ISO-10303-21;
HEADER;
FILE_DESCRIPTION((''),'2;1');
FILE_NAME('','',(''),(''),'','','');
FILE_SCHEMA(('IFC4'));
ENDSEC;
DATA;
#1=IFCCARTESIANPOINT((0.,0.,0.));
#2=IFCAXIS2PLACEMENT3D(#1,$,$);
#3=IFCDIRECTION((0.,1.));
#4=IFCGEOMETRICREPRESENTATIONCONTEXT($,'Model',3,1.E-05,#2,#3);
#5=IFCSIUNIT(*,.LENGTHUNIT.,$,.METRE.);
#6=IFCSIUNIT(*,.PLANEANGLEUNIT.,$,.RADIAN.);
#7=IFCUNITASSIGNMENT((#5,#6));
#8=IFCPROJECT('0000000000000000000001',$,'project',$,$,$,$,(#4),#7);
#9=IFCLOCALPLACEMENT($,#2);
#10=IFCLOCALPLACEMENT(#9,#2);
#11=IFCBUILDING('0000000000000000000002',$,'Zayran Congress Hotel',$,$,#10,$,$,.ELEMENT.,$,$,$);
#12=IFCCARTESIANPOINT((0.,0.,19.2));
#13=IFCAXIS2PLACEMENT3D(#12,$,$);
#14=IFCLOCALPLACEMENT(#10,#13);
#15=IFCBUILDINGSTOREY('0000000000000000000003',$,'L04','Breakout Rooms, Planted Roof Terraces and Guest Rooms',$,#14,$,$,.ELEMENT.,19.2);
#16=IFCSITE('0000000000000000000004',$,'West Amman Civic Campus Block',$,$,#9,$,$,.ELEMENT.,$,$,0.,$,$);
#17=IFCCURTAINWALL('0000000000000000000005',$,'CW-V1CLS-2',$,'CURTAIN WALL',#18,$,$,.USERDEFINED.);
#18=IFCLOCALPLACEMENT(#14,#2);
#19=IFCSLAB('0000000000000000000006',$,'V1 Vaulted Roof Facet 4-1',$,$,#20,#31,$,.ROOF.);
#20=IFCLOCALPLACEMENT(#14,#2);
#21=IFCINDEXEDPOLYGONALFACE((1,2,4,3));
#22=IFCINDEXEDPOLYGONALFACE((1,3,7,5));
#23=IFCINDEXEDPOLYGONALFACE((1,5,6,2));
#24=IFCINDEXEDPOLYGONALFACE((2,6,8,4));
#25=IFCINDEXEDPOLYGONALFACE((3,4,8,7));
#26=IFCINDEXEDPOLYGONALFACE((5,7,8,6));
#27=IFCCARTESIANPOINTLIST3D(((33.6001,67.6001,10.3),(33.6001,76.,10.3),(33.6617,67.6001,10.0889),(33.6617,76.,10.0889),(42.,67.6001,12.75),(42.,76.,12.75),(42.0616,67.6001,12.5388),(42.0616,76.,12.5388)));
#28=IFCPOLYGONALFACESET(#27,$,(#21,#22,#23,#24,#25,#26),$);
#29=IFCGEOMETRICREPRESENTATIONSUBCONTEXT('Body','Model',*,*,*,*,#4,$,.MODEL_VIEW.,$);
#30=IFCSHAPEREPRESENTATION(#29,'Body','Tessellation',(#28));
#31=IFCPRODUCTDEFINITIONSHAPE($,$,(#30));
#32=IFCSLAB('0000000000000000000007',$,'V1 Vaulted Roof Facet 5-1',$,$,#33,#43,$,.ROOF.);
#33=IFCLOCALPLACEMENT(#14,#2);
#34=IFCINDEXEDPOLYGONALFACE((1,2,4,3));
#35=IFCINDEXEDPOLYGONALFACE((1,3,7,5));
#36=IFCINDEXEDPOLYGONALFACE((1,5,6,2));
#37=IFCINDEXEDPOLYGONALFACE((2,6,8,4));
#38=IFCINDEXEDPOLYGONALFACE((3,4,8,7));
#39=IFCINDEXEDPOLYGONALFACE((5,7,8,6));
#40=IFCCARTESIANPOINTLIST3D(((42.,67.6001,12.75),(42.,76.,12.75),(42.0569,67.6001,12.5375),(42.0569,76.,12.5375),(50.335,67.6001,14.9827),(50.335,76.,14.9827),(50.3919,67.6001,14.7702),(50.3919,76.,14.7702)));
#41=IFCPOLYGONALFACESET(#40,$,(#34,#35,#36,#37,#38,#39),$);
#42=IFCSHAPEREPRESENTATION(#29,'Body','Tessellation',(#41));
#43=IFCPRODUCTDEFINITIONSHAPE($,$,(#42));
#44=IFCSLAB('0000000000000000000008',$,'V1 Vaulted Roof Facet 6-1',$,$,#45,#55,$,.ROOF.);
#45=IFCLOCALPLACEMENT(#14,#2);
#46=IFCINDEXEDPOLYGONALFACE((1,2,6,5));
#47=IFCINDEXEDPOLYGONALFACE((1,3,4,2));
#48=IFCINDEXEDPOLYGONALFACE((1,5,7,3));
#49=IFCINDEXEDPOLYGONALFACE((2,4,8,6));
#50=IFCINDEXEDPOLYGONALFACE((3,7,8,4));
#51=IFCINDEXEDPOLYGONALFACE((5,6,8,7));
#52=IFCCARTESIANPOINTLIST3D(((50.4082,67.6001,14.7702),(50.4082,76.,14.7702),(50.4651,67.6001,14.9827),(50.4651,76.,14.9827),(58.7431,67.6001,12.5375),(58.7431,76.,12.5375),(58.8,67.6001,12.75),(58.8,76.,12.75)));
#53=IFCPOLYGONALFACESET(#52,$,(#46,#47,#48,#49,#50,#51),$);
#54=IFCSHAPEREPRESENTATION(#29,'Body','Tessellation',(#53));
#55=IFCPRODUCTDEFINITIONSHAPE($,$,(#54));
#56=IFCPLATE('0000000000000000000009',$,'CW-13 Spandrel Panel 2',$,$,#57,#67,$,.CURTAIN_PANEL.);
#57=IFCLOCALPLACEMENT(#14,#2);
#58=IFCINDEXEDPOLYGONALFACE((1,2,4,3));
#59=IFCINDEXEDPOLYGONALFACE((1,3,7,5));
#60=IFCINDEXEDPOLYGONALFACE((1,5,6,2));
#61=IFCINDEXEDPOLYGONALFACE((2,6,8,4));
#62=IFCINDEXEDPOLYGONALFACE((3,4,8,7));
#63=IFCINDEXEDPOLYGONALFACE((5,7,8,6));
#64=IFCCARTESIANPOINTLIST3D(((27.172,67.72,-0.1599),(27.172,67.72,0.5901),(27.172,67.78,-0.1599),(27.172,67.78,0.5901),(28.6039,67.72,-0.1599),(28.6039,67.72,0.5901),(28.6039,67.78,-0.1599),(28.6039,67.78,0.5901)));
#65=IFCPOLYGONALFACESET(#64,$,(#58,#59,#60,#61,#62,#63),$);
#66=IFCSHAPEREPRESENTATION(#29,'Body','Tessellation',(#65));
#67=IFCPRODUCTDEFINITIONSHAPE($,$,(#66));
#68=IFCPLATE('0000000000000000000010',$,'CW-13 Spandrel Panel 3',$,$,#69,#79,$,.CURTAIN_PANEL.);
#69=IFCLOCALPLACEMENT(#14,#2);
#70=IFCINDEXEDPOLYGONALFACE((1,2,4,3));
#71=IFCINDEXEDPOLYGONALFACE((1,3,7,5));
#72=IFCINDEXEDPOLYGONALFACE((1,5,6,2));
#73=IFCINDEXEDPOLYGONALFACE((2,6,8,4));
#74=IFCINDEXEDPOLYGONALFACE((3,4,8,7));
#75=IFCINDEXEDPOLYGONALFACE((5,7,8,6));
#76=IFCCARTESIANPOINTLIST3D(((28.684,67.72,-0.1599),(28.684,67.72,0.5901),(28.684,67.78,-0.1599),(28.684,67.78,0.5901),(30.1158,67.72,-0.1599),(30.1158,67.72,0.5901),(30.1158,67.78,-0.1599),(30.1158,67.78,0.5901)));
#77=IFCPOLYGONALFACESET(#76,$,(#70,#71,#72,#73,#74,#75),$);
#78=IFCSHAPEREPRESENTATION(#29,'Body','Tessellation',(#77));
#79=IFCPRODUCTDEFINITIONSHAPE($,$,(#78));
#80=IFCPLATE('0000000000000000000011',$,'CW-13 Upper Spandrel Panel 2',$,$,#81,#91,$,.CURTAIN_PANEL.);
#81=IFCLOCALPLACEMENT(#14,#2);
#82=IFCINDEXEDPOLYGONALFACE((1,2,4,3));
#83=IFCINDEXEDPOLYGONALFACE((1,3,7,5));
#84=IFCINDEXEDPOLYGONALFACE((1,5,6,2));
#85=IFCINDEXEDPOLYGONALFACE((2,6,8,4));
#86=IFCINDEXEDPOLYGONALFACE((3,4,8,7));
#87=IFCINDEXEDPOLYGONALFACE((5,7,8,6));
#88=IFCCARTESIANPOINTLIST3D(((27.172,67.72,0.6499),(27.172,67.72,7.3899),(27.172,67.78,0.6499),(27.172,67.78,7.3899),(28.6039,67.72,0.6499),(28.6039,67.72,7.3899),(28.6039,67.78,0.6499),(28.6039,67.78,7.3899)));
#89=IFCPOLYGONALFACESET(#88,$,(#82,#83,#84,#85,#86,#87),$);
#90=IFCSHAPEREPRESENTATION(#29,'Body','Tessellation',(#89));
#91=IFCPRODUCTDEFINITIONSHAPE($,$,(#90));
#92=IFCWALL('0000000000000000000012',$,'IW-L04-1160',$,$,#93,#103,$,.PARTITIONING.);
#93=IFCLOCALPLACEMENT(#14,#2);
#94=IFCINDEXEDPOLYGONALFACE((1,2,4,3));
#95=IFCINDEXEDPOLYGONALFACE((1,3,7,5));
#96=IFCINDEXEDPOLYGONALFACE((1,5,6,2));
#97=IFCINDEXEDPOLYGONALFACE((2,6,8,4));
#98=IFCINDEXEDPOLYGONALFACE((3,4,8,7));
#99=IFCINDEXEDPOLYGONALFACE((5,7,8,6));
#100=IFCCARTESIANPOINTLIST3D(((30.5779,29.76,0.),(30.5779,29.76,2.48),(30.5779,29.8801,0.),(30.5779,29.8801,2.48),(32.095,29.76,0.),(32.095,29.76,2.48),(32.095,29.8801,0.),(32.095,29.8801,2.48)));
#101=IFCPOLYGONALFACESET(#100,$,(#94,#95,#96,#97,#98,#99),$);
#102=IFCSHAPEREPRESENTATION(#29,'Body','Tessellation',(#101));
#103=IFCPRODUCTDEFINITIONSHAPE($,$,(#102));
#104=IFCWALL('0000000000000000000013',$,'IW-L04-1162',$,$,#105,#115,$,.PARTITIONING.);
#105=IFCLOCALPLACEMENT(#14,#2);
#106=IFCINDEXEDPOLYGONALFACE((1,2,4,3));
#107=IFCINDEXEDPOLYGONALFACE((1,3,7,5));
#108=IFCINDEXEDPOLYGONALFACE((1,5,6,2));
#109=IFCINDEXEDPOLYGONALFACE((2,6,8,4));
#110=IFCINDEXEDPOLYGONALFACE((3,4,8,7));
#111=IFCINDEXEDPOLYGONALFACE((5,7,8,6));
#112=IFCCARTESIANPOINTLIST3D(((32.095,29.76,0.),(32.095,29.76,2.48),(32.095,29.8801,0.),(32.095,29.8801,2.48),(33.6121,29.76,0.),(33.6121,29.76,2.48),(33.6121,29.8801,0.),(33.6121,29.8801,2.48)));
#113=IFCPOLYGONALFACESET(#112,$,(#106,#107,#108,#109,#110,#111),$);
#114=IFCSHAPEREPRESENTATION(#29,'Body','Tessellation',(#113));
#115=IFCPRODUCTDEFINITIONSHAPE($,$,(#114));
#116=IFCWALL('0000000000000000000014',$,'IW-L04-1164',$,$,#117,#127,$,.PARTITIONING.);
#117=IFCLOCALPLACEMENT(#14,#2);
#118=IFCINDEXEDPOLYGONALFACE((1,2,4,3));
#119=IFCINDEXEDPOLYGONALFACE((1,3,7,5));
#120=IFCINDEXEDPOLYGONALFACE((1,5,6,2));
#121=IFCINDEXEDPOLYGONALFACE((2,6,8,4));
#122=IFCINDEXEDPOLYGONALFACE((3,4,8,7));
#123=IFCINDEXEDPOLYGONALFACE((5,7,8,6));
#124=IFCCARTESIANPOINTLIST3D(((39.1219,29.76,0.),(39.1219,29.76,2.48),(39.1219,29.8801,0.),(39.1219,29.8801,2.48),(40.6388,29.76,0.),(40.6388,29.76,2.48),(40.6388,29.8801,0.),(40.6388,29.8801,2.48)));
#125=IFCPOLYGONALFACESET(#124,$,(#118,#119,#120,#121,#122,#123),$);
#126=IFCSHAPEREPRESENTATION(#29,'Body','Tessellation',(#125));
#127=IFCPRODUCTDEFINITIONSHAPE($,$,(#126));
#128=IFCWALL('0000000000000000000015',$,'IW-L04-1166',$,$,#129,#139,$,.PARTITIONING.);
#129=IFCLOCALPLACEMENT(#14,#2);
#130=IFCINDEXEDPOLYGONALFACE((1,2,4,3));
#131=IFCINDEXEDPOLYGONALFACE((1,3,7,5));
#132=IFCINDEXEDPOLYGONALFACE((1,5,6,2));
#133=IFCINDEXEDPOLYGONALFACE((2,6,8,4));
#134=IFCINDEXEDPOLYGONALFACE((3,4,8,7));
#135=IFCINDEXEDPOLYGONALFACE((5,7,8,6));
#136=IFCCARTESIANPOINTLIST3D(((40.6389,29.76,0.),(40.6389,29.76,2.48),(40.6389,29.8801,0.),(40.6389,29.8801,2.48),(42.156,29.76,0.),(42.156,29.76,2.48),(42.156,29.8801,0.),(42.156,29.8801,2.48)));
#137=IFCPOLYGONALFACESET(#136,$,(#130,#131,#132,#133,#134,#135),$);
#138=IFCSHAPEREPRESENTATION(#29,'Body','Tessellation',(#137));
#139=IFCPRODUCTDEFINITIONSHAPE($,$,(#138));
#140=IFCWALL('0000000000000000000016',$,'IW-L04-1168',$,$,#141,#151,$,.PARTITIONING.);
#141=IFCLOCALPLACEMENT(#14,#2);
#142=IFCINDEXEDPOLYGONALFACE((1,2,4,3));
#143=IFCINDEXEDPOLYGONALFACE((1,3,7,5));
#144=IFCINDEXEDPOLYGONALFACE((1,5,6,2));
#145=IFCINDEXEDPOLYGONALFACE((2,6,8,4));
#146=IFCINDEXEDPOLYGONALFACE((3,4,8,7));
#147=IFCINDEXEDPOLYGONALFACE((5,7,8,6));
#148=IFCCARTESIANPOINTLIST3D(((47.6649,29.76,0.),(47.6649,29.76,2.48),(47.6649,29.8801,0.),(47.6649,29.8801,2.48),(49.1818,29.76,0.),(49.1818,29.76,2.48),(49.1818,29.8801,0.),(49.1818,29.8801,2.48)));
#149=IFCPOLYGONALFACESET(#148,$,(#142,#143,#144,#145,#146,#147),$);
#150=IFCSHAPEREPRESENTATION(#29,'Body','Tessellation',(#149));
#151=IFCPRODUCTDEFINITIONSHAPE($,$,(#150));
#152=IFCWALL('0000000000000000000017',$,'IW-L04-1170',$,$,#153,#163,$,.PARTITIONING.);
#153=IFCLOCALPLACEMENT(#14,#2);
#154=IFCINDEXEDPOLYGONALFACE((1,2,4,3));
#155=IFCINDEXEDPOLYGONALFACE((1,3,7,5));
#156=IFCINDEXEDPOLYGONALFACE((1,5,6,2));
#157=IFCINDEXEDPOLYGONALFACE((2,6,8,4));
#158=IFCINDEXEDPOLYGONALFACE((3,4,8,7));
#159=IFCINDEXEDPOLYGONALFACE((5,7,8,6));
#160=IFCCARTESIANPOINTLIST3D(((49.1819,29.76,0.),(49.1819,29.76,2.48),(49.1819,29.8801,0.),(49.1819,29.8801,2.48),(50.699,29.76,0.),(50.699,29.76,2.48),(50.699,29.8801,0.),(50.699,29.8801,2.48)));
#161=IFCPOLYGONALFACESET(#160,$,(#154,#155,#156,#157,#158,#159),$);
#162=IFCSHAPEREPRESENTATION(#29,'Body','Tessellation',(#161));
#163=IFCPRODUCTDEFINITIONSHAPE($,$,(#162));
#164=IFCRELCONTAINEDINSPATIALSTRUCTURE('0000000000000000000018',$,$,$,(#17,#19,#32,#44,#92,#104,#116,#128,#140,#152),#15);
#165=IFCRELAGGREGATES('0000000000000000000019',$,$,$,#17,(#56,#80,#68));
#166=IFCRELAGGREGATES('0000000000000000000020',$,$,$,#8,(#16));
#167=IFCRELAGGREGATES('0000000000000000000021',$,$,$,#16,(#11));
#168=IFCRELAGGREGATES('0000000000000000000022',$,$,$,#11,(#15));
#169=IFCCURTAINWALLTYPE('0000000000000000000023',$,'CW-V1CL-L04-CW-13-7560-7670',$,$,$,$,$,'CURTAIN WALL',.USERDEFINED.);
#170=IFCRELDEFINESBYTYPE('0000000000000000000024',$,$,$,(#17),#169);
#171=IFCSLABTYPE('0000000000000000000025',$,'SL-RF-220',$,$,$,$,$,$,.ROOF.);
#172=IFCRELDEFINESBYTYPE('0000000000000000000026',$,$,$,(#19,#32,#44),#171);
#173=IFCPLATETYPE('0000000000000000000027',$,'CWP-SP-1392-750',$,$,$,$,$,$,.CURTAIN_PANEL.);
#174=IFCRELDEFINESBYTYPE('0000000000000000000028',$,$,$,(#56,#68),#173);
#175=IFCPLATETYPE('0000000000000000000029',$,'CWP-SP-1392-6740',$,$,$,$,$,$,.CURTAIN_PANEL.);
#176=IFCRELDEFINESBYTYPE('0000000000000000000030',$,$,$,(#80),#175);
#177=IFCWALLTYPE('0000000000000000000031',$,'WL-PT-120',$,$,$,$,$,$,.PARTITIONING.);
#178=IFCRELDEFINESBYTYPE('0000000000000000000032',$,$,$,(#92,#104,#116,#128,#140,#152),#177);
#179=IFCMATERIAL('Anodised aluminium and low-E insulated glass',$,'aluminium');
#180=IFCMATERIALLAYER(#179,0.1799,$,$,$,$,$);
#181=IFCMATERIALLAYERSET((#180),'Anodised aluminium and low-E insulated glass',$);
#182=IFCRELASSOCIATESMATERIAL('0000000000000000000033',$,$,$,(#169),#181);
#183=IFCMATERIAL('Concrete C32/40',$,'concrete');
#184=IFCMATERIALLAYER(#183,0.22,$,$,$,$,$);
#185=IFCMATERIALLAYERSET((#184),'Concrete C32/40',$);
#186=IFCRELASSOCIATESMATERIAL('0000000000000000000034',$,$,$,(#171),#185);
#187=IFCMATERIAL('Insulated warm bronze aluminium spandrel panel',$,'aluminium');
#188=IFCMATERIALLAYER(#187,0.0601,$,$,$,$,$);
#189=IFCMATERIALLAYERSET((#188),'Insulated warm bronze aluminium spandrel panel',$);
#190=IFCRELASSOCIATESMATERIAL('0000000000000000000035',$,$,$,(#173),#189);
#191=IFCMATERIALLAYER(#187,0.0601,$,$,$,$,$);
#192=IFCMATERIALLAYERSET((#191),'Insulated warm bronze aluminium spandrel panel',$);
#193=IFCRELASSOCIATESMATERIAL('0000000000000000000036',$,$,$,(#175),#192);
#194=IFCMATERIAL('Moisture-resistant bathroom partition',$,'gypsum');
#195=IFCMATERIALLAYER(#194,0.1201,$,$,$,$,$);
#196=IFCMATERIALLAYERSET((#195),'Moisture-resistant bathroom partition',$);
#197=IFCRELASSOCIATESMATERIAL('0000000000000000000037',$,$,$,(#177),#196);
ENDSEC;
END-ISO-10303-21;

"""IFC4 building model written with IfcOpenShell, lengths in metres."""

from ifc_helpers import new_model, si_unit, direction, frame, frame_2d, origin, origin_2d, place, context, subcontext, project, spatial, polyline, rectangle, outline, extrude, material, layer, layer_set, type_object, element, aggregate, save


model = new_model("IFC4")

# Units and contexts
model_context = context("Model", 3, precision=1e-05, world=origin(), true_north=direction((0.0, 1.0)))
body_context = subcontext(model_context, "Body", "Model", "MODEL_VIEW")
ifc_project = project(units=[si_unit("LENGTHUNIT", "METRE"), si_unit("PLANEANGLEUNIT", "RADIAN")], contexts=[model_context])

# Site, building, storey
site_placement = place(None, origin())
site = spatial("IfcSite", under=ifc_project, at=site_placement, Name="West Amman Civic Campus Block", CompositionType="ELEMENT", RefElevation=0.0)
building_placement = place(site_placement, origin())
building = spatial("IfcBuilding", under=site, at=building_placement, Name="Zayran Congress Hotel", CompositionType="ELEMENT")
storey_placement = place(building_placement, frame((0.0, 0.0, 19.2)))
storey = spatial("IfcBuildingStorey", under=building, at=storey_placement, Name="L04", Description="Breakout Rooms, Planted Roof Terraces and Guest Rooms", CompositionType="ELEMENT", Elevation=19.2)

# Curtain wall
ifc_material_1 = material(Name="Anodised aluminium and low-E insulated glass", Category="aluminium")
ifc_layer_1 = layer(ifc_material_1, 0.1799)
ifc_layer_set_1 = layer_set([ifc_layer_1], Name="Anodised aluminium and low-E insulated glass")
curtain_wall_type = type_object("IfcCurtainWallType", Name="CW-V1CL-L04-CW-13-7560-7670", ElementType="CURTAIN WALL", PredefinedType="USERDEFINED", material=ifc_layer_set_1)
curtain_wall_placement = place(storey_placement, origin())
curtain_wall = element("IfcCurtainWall", 1, at=curtain_wall_placement, inside=storey, type_object=curtain_wall_type, Name="CW-V1CLS-2", ObjectType="CURTAIN WALL", PredefinedType="USERDEFINED")

# Slabs
ifc_material_2 = material(Name="Concrete C32/40", Category="concrete")
ifc_layer_2 = layer(ifc_material_2, 0.22)
ifc_layer_set_2 = layer_set([ifc_layer_2], Name="Concrete C32/40")
slab_type = type_object("IfcSlabType", Name="SL-RF-220", PredefinedType="ROOF", material=ifc_layer_set_2)
slab_placement = place(storey_placement, frame((33.6001, 67.6001, 10.3), z_axis=(-0.279998, 0.0, 0.960001), x_axis=(0.960001, 0.0, 0.279998)))
element("IfcSlab", 2, at=slab_placement, inside=storey, type_object=slab_type, Name="V1 Vaulted Roof Facet 4-1", PredefinedType="ROOF", context=body_context, shape_type="SweptSolid", body=[
    extrude(outline(polyline([(0.0, 0.0), (8.7499, 0.0), (8.7499, 8.3999), (0.0, 8.3999), (0.0, 0.0)])), origin(), (0.0, 0.0, -1.0), 0.22),
])
for number, where, z_axis, x_axis, name in (
    (3, (42.0, 67.6001, 12.75), (-0.258746, 0.0, 0.965946), (0.965946, 0.0, 0.258746), "V1 Vaulted Roof Facet 5-1"),
    (4, (50.4651, 67.6001, 14.9827), (0.258746, 0.0, 0.965946), (0.965946, 0.0, -0.258746), "V1 Vaulted Roof Facet 6-1"),
):
    element("IfcSlab", number, at=place(storey_placement, frame(where, z_axis=z_axis, x_axis=x_axis)), inside=storey, type_object=slab_type, Name=name, PredefinedType="ROOF", context=body_context, shape_type="SweptSolid", body=[
        extrude(outline(polyline([(0.0, 0.0), (8.6288, 0.0), (8.6288, 8.3999), (0.0, 8.3999), (0.0, 0.0)])), origin(), (0.0, 0.0, -1.0), 0.22),
    ])

# Plates
ifc_material_3 = material(Name="Insulated warm bronze aluminium spandrel panel", Category="aluminium")
ifc_layer_3 = layer(ifc_material_3, 0.0601)
ifc_layer_set_3 = layer_set([ifc_layer_3], Name="Insulated warm bronze aluminium spandrel panel")
plate_type_1 = type_object("IfcPlateType", Name="CWP-SP-1392-750", PredefinedType="CURTAIN_PANEL", material=ifc_layer_set_3)
plate_1_placement = place(storey_placement, frame((27.8879, 67.75, -0.1599), z_axis=(0.0, 0.0, 1.0), x_axis=(1.0, 0.0, 0.0)))
plate_1 = element("IfcPlate", 5, at=plate_1_placement, type_object=plate_type_1, Name="CW-13 Spandrel Panel 2", PredefinedType="CURTAIN_PANEL", context=body_context, shape_type="SweptSolid", body=[
    extrude(rectangle(XDim=1.4319, YDim=0.0601, at=origin_2d()), origin(), (0.0, 0.0, 1.0), 0.75),
])
plate_2_placement = place(storey_placement, frame((29.3999, 67.75, -0.1599), z_axis=(0.0, 0.0, 1.0), x_axis=(1.0, 0.0, 0.0)))
plate_2 = element("IfcPlate", 6, at=plate_2_placement, type_object=plate_type_1, Name="CW-13 Spandrel Panel 3", PredefinedType="CURTAIN_PANEL", context=body_context, shape_type="SweptSolid", body=[
    extrude(rectangle(XDim=1.4319, YDim=0.0601, at=origin_2d()), origin(), (0.0, 0.0, 1.0), 0.75),
])
ifc_layer_4 = layer(ifc_material_3, 0.0601)
ifc_layer_set_4 = layer_set([ifc_layer_4], Name="Insulated warm bronze aluminium spandrel panel")
plate_type_2 = type_object("IfcPlateType", Name="CWP-SP-1392-6740", PredefinedType="CURTAIN_PANEL", material=ifc_layer_set_4)
plate_3_placement = place(storey_placement, frame((27.8879, 67.75, 0.6499), z_axis=(0.0, 0.0, 1.0), x_axis=(1.0, 0.0, 0.0)))
plate_3 = element("IfcPlate", 7, at=plate_3_placement, type_object=plate_type_2, Name="CW-13 Upper Spandrel Panel 2", PredefinedType="CURTAIN_PANEL", context=body_context, shape_type="SweptSolid", body=[
    extrude(rectangle(XDim=1.4319, YDim=0.0601, at=origin_2d()), origin(), (0.0, 0.0, 1.0), 6.74),
])
aggregate(curtain_wall, [plate_1, plate_3, plate_2])

# Walls
ifc_material_4 = material(Name="Moisture-resistant bathroom partition", Category="gypsum")
ifc_layer_5 = layer(ifc_material_4, 0.1201)
ifc_layer_set_5 = layer_set([ifc_layer_5], Name="Moisture-resistant bathroom partition")
wall_type = type_object("IfcWallType", Name="WL-PT-120", PredefinedType="PARTITIONING", material=ifc_layer_set_5)
for number, where, z_axis, x_axis, name in (
    (8, (30.5779, 29.8201, 0.0), (0.0, 0.0, 1.0), (1.0, 0.0, 0.0), "IW-L04-1160"),
    (9, (32.095, 29.8201, 0.0), (0.0, 0.0, 1.0), (1.0, 0.0, 0.0), "IW-L04-1162"),
):
    element("IfcWall", number, at=place(storey_placement, frame(where, z_axis=z_axis, x_axis=x_axis)), inside=storey, type_object=wall_type, Name=name, PredefinedType="PARTITIONING", context=body_context, shape_type="SweptSolid", body=[
        extrude(rectangle(XDim=1.5171, YDim=0.1201, at=frame_2d((0.7585, 0.0))), origin(), (0.0, 0.0, 1.0), 2.48),
    ])
wall_1_placement = place(storey_placement, frame((39.1221, 29.8201, 0.0), z_axis=(0.0, 0.0, 1.0), x_axis=(1.0, 0.0, 0.0)))
element("IfcWall", 10, at=wall_1_placement, inside=storey, type_object=wall_type, Name="IW-L04-1164", PredefinedType="PARTITIONING", context=body_context, shape_type="SweptSolid", body=[
    extrude(rectangle(XDim=1.5168, YDim=0.1201, at=frame_2d((0.7583, 0.0))), origin(), (0.0, 0.0, 1.0), 2.48),
])
wall_2_placement = place(storey_placement, frame((40.6389, 29.8201, 0.0), z_axis=(0.0, 0.0, 1.0), x_axis=(1.0, 0.0, 0.0)))
element("IfcWall", 11, at=wall_2_placement, inside=storey, type_object=wall_type, Name="IW-L04-1166", PredefinedType="PARTITIONING", context=body_context, shape_type="SweptSolid", body=[
    extrude(rectangle(XDim=1.5171, YDim=0.1201, at=frame_2d((0.7585, 0.0))), origin(), (0.0, 0.0, 1.0), 2.48),
])
wall_3_placement = place(storey_placement, frame((47.665, 29.8201, 0.0), z_axis=(0.0, 0.0, 1.0), x_axis=(1.0, 0.0, 0.0)))
element("IfcWall", 12, at=wall_3_placement, inside=storey, type_object=wall_type, Name="IW-L04-1168", PredefinedType="PARTITIONING", context=body_context, shape_type="SweptSolid", body=[
    extrude(rectangle(XDim=1.5168, YDim=0.1201, at=frame_2d((0.7583, 0.0))), origin(), (0.0, 0.0, 1.0), 2.48),
])
wall_4_placement = place(storey_placement, frame((49.1819, 29.8201, 0.0), z_axis=(0.0, 0.0, 1.0), x_axis=(1.0, 0.0, 0.0)))
element("IfcWall", 13, at=wall_4_placement, inside=storey, type_object=wall_type, Name="IW-L04-1170", PredefinedType="PARTITIONING", context=body_context, shape_type="SweptSolid", body=[
    extrude(rectangle(XDim=1.5171, YDim=0.1201, at=frame_2d((0.7585, 0.0))), origin(), (0.0, 0.0, 1.0), 2.48),
])

save(model, "model.ifc")
